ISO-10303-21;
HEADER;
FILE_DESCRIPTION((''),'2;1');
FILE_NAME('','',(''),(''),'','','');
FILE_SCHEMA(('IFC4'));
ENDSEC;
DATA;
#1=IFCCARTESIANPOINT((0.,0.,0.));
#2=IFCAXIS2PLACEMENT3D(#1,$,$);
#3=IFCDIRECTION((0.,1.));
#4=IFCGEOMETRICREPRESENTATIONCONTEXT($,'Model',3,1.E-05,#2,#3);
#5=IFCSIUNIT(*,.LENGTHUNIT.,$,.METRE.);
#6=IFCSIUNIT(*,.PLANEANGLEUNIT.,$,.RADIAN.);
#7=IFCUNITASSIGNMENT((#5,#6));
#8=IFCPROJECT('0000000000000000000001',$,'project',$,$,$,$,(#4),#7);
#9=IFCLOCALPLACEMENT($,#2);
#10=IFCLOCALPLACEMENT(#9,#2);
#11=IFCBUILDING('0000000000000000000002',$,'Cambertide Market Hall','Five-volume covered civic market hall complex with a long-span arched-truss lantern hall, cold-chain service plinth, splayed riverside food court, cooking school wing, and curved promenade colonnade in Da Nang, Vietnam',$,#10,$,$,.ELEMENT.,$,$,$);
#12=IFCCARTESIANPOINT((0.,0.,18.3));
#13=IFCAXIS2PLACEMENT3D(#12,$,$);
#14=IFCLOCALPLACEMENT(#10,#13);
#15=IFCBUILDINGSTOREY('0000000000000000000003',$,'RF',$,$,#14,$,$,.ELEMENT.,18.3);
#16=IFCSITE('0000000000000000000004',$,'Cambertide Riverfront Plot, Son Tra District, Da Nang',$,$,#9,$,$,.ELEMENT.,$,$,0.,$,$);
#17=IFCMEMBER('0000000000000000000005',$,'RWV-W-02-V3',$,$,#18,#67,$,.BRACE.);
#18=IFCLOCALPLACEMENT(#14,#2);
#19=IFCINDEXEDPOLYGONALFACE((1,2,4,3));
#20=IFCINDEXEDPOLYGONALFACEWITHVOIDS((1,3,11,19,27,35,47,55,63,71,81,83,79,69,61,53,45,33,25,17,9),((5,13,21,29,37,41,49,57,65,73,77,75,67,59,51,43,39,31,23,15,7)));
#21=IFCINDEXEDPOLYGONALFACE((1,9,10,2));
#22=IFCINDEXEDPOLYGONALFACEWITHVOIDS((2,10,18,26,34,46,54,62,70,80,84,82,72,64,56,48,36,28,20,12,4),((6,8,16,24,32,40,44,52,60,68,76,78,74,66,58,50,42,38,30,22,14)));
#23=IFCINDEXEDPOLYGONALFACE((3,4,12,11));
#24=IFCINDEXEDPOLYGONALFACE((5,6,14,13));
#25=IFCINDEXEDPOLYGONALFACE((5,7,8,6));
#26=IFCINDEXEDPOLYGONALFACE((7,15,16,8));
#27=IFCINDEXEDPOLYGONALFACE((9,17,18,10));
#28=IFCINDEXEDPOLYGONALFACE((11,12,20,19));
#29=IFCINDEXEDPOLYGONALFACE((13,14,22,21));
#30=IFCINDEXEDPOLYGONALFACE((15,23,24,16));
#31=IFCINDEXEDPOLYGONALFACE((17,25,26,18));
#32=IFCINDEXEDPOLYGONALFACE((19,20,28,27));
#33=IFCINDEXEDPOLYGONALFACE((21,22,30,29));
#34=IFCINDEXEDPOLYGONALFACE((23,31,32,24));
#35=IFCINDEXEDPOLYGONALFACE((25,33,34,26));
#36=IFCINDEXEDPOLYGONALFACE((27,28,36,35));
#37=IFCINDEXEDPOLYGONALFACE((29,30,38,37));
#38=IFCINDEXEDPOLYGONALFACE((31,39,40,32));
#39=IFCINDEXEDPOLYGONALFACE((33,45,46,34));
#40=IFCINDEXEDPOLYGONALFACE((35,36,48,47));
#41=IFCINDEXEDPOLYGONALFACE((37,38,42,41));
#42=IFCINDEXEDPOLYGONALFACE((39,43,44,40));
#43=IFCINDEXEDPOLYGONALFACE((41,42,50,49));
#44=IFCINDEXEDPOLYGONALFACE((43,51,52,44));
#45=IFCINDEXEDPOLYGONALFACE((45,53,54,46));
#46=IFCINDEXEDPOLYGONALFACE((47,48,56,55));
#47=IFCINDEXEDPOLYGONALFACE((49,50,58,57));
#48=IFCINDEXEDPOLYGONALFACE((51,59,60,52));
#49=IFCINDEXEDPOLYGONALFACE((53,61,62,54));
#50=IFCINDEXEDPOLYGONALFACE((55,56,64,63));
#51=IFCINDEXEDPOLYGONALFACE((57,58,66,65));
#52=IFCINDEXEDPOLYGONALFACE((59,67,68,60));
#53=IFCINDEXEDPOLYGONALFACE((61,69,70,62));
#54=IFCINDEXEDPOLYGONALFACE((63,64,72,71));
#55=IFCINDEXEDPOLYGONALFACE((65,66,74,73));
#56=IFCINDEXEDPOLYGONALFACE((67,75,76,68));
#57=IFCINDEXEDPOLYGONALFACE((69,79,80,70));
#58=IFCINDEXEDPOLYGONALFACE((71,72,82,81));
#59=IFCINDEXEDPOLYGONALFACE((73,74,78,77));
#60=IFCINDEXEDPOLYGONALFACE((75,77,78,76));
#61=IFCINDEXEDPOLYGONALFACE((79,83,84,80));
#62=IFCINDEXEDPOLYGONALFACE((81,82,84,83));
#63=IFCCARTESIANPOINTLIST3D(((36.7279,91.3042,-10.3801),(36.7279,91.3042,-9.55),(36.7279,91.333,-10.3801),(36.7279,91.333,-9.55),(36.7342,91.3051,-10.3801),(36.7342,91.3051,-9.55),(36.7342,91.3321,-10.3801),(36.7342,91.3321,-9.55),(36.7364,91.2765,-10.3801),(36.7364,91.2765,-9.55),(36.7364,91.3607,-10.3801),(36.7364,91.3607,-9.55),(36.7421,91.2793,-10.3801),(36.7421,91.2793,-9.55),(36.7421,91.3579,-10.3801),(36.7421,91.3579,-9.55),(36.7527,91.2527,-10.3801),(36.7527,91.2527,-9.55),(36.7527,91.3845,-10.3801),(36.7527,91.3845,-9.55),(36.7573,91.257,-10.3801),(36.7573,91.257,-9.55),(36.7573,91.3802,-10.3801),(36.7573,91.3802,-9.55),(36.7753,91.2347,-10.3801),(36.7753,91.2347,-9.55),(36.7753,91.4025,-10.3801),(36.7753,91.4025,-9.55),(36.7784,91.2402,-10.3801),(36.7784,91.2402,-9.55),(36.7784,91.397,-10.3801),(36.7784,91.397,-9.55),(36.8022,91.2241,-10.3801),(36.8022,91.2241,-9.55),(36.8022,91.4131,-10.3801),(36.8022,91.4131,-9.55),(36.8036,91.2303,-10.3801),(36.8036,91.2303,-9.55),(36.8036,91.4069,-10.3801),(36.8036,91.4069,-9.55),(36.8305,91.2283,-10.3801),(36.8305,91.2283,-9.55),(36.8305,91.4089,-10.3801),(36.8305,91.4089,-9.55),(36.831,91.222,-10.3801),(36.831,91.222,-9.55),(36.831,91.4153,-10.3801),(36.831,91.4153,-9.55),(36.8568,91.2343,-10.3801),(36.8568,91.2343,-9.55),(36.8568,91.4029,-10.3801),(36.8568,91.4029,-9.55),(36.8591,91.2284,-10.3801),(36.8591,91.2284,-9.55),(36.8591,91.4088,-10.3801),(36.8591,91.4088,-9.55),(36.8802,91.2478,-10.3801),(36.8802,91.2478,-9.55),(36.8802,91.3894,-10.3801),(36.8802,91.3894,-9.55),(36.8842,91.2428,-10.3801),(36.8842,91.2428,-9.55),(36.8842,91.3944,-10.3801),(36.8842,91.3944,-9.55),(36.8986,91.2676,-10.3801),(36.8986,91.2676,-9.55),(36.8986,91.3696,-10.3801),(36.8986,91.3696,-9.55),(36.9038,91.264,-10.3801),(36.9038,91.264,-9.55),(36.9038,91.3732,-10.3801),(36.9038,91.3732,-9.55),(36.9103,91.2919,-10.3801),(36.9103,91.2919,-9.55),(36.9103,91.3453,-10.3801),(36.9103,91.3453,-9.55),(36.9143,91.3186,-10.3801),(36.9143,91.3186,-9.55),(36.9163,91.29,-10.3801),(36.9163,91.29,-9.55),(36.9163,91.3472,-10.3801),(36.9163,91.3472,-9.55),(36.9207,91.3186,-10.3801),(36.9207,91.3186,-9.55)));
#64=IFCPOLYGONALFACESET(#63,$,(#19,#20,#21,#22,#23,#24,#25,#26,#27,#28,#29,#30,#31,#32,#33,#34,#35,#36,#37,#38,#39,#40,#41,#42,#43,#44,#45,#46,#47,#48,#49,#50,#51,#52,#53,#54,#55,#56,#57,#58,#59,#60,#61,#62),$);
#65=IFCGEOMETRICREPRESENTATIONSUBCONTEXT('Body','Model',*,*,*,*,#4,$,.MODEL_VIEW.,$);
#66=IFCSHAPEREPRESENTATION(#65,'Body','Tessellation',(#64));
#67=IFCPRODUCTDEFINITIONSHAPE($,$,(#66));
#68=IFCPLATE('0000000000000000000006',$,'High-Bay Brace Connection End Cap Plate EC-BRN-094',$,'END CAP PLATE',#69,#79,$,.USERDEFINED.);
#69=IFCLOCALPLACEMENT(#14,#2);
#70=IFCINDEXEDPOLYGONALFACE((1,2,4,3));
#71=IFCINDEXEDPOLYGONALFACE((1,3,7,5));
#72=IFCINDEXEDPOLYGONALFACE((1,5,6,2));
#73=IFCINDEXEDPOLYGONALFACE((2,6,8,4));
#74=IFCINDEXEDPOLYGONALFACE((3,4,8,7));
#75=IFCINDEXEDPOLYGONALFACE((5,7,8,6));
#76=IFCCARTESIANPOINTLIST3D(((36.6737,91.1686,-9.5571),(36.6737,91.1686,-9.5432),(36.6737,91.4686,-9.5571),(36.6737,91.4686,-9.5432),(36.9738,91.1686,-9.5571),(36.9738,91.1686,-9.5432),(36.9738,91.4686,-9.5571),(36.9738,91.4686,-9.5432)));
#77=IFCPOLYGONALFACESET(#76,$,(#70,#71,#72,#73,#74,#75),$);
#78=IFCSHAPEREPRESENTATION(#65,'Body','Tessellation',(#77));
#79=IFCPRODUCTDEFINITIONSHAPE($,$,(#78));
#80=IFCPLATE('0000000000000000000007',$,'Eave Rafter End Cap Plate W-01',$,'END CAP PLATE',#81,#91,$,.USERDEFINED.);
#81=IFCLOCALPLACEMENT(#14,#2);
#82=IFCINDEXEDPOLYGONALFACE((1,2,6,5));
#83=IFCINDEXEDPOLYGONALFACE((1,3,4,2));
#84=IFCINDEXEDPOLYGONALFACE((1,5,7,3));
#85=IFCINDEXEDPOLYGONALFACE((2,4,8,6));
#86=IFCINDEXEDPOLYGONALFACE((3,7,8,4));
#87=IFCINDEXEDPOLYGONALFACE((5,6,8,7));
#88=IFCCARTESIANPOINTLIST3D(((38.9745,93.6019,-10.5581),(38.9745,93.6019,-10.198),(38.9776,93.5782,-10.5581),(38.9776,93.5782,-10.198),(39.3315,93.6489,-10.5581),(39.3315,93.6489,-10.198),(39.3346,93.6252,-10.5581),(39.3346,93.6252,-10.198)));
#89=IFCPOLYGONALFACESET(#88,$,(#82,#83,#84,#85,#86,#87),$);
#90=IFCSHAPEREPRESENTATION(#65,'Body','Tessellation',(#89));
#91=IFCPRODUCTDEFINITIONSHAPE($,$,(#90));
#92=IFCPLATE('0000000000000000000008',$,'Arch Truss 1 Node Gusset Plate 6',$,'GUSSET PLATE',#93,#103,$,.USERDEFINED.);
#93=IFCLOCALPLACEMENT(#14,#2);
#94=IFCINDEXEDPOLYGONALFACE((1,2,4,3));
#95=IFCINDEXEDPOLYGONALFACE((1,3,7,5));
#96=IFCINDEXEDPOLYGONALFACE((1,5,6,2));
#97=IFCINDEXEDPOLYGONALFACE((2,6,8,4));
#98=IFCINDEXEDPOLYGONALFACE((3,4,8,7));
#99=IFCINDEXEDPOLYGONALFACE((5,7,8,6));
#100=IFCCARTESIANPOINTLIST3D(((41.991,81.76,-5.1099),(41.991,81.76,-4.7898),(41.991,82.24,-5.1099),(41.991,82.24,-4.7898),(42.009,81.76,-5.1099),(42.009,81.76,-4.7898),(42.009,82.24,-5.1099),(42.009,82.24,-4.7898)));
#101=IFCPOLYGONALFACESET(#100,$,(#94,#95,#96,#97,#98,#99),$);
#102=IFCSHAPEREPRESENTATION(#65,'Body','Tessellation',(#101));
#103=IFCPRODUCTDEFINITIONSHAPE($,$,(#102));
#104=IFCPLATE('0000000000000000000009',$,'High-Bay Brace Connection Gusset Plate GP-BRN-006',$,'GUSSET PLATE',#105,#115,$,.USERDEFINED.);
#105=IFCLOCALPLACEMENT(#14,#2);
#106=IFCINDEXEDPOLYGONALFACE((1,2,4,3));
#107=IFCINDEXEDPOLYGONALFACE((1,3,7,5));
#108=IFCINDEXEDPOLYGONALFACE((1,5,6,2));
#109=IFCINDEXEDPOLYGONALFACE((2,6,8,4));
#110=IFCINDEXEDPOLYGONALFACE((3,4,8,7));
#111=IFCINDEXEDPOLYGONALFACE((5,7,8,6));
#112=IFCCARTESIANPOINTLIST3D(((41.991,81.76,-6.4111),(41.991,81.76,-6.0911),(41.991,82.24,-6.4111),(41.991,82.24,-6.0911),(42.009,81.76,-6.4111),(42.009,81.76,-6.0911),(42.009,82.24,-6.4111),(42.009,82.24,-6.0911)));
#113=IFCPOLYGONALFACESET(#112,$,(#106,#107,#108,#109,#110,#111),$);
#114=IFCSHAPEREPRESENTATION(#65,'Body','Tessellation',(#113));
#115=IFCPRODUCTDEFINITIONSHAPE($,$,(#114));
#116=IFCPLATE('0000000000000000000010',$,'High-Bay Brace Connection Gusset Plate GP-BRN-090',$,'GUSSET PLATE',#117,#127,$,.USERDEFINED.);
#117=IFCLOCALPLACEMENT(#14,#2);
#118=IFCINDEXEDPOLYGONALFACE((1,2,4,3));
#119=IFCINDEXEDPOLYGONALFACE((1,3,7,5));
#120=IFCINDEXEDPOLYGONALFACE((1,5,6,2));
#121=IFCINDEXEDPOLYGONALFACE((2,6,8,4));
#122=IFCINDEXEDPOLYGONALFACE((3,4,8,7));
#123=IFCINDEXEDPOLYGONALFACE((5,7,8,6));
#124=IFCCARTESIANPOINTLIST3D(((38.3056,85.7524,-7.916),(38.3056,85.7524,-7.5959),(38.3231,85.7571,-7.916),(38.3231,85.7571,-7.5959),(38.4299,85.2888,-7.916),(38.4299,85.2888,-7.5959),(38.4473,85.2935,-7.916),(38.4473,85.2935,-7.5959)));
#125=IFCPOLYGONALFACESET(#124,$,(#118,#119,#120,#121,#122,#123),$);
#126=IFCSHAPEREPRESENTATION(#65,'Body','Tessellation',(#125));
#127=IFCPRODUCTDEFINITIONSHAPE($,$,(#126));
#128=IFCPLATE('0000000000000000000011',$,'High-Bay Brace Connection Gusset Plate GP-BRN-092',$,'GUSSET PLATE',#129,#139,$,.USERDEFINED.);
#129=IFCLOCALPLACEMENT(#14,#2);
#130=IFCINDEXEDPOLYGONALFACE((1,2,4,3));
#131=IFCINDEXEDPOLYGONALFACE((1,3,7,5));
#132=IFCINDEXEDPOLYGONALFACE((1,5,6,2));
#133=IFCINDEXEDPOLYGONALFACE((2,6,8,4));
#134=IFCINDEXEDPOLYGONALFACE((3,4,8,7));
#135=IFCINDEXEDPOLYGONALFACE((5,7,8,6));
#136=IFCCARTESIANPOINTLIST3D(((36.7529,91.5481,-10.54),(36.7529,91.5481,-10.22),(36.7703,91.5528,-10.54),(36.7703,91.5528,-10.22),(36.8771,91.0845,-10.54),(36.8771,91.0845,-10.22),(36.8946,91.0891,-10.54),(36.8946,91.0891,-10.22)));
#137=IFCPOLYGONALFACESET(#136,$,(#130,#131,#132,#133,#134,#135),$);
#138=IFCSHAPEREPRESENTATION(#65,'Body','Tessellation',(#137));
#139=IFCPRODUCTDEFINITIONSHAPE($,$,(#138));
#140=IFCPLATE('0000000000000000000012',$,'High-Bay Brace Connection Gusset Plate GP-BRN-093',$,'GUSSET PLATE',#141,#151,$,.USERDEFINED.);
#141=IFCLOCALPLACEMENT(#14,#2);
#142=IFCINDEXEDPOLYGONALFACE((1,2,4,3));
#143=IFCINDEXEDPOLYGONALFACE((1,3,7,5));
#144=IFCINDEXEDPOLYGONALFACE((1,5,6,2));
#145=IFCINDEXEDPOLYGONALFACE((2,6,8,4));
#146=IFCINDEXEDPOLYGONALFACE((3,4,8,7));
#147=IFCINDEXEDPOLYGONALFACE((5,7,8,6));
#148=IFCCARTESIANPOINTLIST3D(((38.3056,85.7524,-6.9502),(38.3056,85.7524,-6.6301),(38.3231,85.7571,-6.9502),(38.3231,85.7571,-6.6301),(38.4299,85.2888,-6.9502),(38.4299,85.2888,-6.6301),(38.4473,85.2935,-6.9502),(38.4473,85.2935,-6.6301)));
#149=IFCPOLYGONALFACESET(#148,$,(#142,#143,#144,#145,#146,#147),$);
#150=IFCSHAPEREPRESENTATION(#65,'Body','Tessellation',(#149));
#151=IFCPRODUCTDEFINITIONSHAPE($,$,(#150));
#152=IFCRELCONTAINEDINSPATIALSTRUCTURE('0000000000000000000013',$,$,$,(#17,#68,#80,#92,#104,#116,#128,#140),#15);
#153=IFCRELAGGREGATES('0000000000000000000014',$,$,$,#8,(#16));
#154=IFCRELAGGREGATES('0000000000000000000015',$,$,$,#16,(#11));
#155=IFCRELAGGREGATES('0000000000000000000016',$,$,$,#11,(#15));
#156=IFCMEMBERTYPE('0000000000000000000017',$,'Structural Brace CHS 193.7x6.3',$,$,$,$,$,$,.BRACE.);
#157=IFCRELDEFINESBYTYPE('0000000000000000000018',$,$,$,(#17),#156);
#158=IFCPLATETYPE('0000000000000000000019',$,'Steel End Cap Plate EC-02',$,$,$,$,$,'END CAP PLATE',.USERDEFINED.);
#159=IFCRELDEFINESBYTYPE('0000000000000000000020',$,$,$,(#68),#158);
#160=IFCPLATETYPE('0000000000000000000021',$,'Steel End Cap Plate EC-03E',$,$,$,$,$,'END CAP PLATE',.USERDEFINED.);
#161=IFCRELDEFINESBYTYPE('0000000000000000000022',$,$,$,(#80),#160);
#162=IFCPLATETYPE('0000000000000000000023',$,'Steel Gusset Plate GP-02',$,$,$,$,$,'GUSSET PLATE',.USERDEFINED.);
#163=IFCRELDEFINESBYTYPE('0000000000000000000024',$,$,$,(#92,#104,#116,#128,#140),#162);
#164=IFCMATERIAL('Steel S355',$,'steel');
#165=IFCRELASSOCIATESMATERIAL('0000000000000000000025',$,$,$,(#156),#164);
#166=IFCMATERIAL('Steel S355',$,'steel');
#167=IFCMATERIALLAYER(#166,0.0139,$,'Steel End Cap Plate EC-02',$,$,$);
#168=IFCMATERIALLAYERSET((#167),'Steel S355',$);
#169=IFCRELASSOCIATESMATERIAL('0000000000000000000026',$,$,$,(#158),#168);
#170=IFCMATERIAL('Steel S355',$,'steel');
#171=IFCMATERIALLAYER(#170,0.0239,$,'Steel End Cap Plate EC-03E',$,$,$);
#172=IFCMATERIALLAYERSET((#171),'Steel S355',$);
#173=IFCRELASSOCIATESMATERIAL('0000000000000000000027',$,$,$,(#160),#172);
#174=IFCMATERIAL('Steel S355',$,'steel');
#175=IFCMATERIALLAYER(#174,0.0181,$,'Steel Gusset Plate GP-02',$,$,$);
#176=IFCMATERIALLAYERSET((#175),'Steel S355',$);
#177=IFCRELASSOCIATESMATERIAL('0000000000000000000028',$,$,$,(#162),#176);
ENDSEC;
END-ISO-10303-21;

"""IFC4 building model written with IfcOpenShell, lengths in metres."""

from ifc_helpers import new_model, si_unit, direction, frame, origin, origin_2d, place, context, subcontext, project, spatial, rectangle, hollow_circle, extrude, material, layer, layer_set, material_profile, profile_set, type_object, element, save


model = new_model("IFC4")

# Units and contexts
model_context = context("Model", 3, precision=1e-05, world=origin(), true_north=direction((0.0, 1.0)))
body_context = subcontext(model_context, "Body", "Model", "MODEL_VIEW")
ifc_project = project(units=[si_unit("LENGTHUNIT", "METRE"), si_unit("PLANEANGLEUNIT", "RADIAN")], contexts=[model_context])

# Site, building, storey
site_placement = place(None, origin())
site = spatial("IfcSite", under=ifc_project, at=site_placement, Name="Cambertide Riverfront Plot, Son Tra District, Da Nang", CompositionType="ELEMENT", RefElevation=0.0)
building_placement = place(site_placement, origin())
building = spatial("IfcBuilding", under=site, at=building_placement, Name="Cambertide Market Hall", Description="Five-volume covered civic market hall complex with a long-span arched-truss lantern hall, cold-chain service plinth, splayed riverside food court, cooking school wing, and curved promenade colonnade in Da Nang, Vietnam", CompositionType="ELEMENT")
storey_placement = place(building_placement, frame((0.0, 0.0, 18.3)))
storey = spatial("IfcBuildingStorey", under=building, at=storey_placement, Name="RF", CompositionType="ELEMENT", Elevation=18.3)

# Member
ifc_material_1 = material(Name="Steel S355", Category="steel")
ifc_material_profile_1 = material_profile(ifc_material_1, hollow_circle(Radius=0.0969, WallThickness=0.0063, at=origin_2d()), Name="CHS 193.7x6.3")
ifc_profile_set_1 = profile_set([ifc_material_profile_1], Name="Steel S355")
member_type_1 = type_object("IfcMemberType", Name="Structural Brace CHS 193.7x6.3", PredefinedType="BRACE", material=ifc_profile_set_1)
member_1_placement = place(storey_placement, frame((36.8237, 91.3186, -10.3801), z_axis=(0.0, 0.0, 1.0), x_axis=(1.0, 0.0, 0.0)))
element("IfcMember", 1, at=member_1_placement, inside=storey, type_object=member_type_1, Name="RWV-W-02-V3", PredefinedType="BRACE", context=body_context, shape_type="SweptSolid", body=[
    extrude(hollow_circle(Radius=0.0969, WallThickness=0.0063, at=origin_2d()), origin(), (0.0, 0.0, 1.0), 0.8301),
])

# Plates
ifc_material_2 = material(Name="Steel S355", Category="steel")
ifc_layer_1 = layer(ifc_material_2, 0.0139, Name="Steel End Cap Plate EC-02")
ifc_layer_set_1 = layer_set([ifc_layer_1], Name="Steel S355")
plate_type_1 = type_object("IfcPlateType", Name="Steel End Cap Plate EC-02", ElementType="END CAP PLATE", PredefinedType="USERDEFINED", material=ifc_layer_set_1)
plate_1_placement = place(storey_placement, frame((36.8237, 91.3186, -9.5571), z_axis=(0.0, 0.0, 1.0), x_axis=(1.0, 0.0, 0.0)))
element("IfcPlate", 2, at=plate_1_placement, inside=storey, type_object=plate_type_1, Name="High-Bay Brace Connection End Cap Plate EC-BRN-094", ObjectType="END CAP PLATE", PredefinedType="USERDEFINED", context=body_context, shape_type="SweptSolid", body=[
    extrude(rectangle(XDim=0.3, YDim=0.3, at=origin_2d()), origin(), (0.0, 0.0, 1.0), 0.0139),
])
ifc_material_3 = material(Name="Steel S355", Category="steel")
ifc_layer_2 = layer(ifc_material_3, 0.0239, Name="Steel End Cap Plate EC-03E")
ifc_layer_set_2 = layer_set([ifc_layer_2], Name="Steel S355")
plate_type_2 = type_object("IfcPlateType", Name="Steel End Cap Plate EC-03E", ElementType="END CAP PLATE", PredefinedType="USERDEFINED", material=ifc_layer_set_2)
plate_2_placement = place(storey_placement, frame((39.1545, 93.6135, -10.5581), z_axis=(0.0, 0.0, 1.0), x_axis=(-0.130526, 0.991445, 0.0)))
element("IfcPlate", 3, at=plate_2_placement, inside=storey, type_object=plate_type_2, Name="Eave Rafter End Cap Plate W-01", ObjectType="END CAP PLATE", PredefinedType="USERDEFINED", context=body_context, shape_type="SweptSolid", body=[
    extrude(rectangle(XDim=0.0239, YDim=0.3601, at=origin_2d()), origin(), (0.0, 0.0, 1.0), 0.3601),
])
ifc_material_4 = material(Name="Steel S355", Category="steel")
ifc_layer_3 = layer(ifc_material_4, 0.0181, Name="Steel Gusset Plate GP-02")
ifc_layer_set_3 = layer_set([ifc_layer_3], Name="Steel S355")
plate_type_3 = type_object("IfcPlateType", Name="Steel Gusset Plate GP-02", ElementType="GUSSET PLATE", PredefinedType="USERDEFINED", material=ifc_layer_set_3)
plate_3_placement = place(storey_placement, frame((42.0, 82.0, -5.1099), z_axis=(0.0, 0.0, 1.0), x_axis=(1.0, 0.0, 0.0)))
element("IfcPlate", 4, at=plate_3_placement, inside=storey, type_object=plate_type_3, Name="Arch Truss 1 Node Gusset Plate 6", ObjectType="GUSSET PLATE", PredefinedType="USERDEFINED", context=body_context, shape_type="SweptSolid", body=[
    extrude(rectangle(XDim=0.0181, YDim=0.48, at=origin_2d()), origin(), (0.0, 0.0, 1.0), 0.3201),
])
for number, where, z_axis, x_axis, name in (
    (5, (42.0, 82.0, -6.4111), (0.0, 0.0, 1.0), (0.0, 1.0, 0.0), "High-Bay Brace Connection Gusset Plate GP-BRN-006"),
    (6, (38.3765, 85.5229, -7.916), (0.0, 0.0, 1.0), (0.258819, -0.965926, 0.0), "High-Bay Brace Connection Gusset Plate GP-BRN-090"),
    (7, (36.8237, 91.3186, -10.54), (0.0, 0.0, 1.0), (0.258819, -0.965926, 0.0), "High-Bay Brace Connection Gusset Plate GP-BRN-092"),
    (8, (38.3765, 85.5229, -6.9502), (0.0, 0.0, 1.0), (0.258819, -0.965926, 0.0), "High-Bay Brace Connection Gusset Plate GP-BRN-093"),
):
    element("IfcPlate", number, at=place(storey_placement, frame(where, z_axis=z_axis, x_axis=x_axis)), inside=storey, type_object=plate_type_3, Name=name, ObjectType="GUSSET PLATE", PredefinedType="USERDEFINED", context=body_context, shape_type="SweptSolid", body=[
        extrude(rectangle(XDim=0.48, YDim=0.0181, at=origin_2d()), origin(), (0.0, 0.0, 1.0), 0.3201),
    ])

save(model, "model.ifc")
